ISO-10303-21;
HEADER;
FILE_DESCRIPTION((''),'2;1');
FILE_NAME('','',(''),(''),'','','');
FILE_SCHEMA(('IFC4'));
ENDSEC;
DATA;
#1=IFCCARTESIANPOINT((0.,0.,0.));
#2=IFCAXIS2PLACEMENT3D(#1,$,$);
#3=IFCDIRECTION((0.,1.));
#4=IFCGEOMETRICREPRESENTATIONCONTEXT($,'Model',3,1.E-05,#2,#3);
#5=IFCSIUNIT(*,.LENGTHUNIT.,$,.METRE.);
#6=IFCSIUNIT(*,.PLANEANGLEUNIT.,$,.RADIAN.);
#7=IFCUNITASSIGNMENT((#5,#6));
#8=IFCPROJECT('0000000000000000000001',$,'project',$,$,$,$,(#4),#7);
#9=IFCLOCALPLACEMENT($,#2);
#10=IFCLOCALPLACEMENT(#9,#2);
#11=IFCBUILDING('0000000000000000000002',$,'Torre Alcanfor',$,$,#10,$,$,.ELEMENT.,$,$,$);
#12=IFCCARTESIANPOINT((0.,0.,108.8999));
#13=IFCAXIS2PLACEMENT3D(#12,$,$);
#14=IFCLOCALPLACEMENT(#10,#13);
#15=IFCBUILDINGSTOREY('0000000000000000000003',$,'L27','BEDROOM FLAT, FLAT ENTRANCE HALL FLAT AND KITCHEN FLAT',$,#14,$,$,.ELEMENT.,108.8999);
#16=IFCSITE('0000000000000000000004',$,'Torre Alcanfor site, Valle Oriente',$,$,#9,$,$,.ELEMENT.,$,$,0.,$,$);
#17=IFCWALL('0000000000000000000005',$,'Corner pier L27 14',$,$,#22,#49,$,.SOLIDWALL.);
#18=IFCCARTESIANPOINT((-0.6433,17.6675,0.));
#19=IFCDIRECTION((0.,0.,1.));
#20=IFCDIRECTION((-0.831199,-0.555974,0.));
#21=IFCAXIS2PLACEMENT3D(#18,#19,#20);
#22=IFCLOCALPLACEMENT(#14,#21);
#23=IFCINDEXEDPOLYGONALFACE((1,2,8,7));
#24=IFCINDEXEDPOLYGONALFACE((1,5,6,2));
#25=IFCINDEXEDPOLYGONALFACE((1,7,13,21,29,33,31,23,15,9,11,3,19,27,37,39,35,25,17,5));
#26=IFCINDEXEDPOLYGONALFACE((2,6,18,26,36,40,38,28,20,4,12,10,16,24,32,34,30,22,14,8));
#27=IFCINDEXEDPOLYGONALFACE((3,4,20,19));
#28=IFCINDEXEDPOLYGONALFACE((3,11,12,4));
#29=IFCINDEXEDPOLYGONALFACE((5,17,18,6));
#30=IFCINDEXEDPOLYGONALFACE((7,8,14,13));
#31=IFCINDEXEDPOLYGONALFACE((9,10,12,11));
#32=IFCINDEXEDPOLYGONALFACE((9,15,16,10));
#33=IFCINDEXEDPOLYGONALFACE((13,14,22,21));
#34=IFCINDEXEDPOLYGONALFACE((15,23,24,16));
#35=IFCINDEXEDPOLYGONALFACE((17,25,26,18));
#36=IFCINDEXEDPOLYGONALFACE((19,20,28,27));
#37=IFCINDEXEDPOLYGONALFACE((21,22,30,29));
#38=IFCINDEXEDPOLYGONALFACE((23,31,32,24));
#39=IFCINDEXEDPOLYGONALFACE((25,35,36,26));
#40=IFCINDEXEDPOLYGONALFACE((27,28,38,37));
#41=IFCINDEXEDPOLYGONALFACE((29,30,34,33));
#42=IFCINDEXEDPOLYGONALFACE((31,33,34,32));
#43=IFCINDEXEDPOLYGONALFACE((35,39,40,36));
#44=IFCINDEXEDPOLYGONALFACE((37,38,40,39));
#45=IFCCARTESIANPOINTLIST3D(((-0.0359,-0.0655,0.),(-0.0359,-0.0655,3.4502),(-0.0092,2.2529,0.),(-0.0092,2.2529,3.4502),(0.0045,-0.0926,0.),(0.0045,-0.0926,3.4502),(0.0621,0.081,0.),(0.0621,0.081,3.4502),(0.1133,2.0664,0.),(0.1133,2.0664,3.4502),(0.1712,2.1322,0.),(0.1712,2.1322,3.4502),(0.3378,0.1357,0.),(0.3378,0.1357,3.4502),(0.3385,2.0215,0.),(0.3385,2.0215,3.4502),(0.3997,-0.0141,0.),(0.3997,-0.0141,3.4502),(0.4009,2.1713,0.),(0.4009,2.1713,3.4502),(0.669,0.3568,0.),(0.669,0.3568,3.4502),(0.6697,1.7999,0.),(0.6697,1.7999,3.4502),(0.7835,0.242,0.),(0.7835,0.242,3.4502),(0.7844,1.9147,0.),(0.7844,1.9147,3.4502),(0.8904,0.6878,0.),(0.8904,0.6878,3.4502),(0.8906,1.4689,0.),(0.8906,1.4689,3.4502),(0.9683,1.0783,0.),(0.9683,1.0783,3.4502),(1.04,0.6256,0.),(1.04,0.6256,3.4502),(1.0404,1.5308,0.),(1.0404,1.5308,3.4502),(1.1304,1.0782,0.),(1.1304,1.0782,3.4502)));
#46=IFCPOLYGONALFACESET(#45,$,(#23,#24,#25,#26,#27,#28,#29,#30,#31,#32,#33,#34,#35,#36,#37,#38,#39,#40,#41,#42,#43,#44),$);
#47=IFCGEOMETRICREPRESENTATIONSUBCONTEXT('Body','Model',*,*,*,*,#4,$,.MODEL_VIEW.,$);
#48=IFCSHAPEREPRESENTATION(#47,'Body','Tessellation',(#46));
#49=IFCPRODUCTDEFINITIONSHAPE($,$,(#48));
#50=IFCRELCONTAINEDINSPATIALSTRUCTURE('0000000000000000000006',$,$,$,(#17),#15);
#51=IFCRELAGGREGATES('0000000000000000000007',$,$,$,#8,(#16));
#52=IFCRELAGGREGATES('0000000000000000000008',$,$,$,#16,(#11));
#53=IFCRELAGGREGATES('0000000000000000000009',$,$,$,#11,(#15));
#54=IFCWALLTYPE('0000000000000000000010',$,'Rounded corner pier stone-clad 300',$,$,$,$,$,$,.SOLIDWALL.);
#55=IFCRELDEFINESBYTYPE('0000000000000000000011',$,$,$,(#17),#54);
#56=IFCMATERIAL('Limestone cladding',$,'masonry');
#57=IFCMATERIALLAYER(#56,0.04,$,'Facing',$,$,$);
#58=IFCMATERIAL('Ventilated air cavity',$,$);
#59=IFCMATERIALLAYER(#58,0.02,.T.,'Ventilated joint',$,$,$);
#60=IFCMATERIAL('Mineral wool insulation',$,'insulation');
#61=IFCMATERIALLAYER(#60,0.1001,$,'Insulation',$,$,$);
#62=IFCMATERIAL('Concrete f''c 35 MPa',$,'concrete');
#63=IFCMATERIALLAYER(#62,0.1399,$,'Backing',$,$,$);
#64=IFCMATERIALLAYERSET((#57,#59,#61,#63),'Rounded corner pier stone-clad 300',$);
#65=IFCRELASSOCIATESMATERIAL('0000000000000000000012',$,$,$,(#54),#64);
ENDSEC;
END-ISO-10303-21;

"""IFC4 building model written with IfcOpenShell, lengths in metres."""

from ifc_helpers import new_model, si_unit, direction, frame, origin, place, context, subcontext, project, spatial, polyline, outline, extrude, material, layer, layer_set, type_object, element, save


model = new_model("IFC4")

# Units and contexts
model_context = context("Model", 3, precision=1e-05, world=origin(), true_north=direction((0.0, 1.0)))
body_context = subcontext(model_context, "Body", "Model", "MODEL_VIEW")
ifc_project = project(units=[si_unit("LENGTHUNIT", "METRE"), si_unit("PLANEANGLEUNIT", "RADIAN")], contexts=[model_context])

# Site, building, storey
site_placement = place(None, origin())
site = spatial("IfcSite", under=ifc_project, at=site_placement, Name="Torre Alcanfor site, Valle Oriente", CompositionType="ELEMENT", RefElevation=0.0)
building_placement = place(site_placement, origin())
building = spatial("IfcBuilding", under=site, at=building_placement, Name="Torre Alcanfor", CompositionType="ELEMENT")
storey_placement = place(building_placement, frame((0.0, 0.0, 108.8999)))
storey = spatial("IfcBuildingStorey", under=building, at=storey_placement, Name="L27", Description="BEDROOM FLAT, FLAT ENTRANCE HALL FLAT AND KITCHEN FLAT", CompositionType="ELEMENT", Elevation=108.8999)

# Wall
ifc_material_1 = material(Name="Limestone cladding", Category="masonry")
ifc_layer_1 = layer(ifc_material_1, 0.04, Name="Facing")
ifc_material_2 = material(Name="Ventilated air cavity")
ifc_layer_2 = layer(ifc_material_2, 0.02, ventilated=True, Name="Ventilated joint")
ifc_material_3 = material(Name="Mineral wool insulation", Category="insulation")
ifc_layer_3 = layer(ifc_material_3, 0.1001, Name="Insulation")
ifc_material_4 = material(Name="Concrete f'c 35 MPa", Category="concrete")
ifc_layer_4 = layer(ifc_material_4, 0.1399, Name="Backing")
ifc_layer_set_1 = layer_set([ifc_layer_1, ifc_layer_2, ifc_layer_3, ifc_layer_4], Name="Rounded corner pier stone-clad 300")
wall_type_1 = type_object("IfcWallType", Name="Rounded corner pier stone-clad 300", PredefinedType="SOLIDWALL", material=ifc_layer_set_1)
wall_1_placement = place(storey_placement, frame((-0.6433, 17.6675, 0.0), z_axis=(0.0, 0.0, 1.0), x_axis=(-0.831199, -0.555974, 0.0)))
element("IfcWall", 1, at=wall_1_placement, inside=storey, type_object=wall_type_1, Name="Corner pier L27 14", PredefinedType="SOLIDWALL", context=body_context, shape_type="SweptSolid", body=[
    extrude(outline(polyline([(0.1712, 2.1322), (0.1133, 2.0664), (0.3385, 2.0215), (0.6697, 1.7999), (0.8906, 1.4689), (0.9683, 1.0783), (0.8904, 0.6878), (0.669, 0.3568), (0.3378, 0.1357), (0.0621, 0.081), (-0.0359, -0.0655), (0.0045, -0.0926), (0.3997, -0.0141), (0.7835, 0.242), (1.04, 0.6256), (1.1304, 1.0782), (1.0404, 1.5308), (0.7844, 1.9147), (0.4009, 2.1713), (-0.0092, 2.2529), (0.1712, 2.1322)])), origin(), (0.0, 0.0, 1.0), 3.4502),
])

save(model, "model.ifc")
